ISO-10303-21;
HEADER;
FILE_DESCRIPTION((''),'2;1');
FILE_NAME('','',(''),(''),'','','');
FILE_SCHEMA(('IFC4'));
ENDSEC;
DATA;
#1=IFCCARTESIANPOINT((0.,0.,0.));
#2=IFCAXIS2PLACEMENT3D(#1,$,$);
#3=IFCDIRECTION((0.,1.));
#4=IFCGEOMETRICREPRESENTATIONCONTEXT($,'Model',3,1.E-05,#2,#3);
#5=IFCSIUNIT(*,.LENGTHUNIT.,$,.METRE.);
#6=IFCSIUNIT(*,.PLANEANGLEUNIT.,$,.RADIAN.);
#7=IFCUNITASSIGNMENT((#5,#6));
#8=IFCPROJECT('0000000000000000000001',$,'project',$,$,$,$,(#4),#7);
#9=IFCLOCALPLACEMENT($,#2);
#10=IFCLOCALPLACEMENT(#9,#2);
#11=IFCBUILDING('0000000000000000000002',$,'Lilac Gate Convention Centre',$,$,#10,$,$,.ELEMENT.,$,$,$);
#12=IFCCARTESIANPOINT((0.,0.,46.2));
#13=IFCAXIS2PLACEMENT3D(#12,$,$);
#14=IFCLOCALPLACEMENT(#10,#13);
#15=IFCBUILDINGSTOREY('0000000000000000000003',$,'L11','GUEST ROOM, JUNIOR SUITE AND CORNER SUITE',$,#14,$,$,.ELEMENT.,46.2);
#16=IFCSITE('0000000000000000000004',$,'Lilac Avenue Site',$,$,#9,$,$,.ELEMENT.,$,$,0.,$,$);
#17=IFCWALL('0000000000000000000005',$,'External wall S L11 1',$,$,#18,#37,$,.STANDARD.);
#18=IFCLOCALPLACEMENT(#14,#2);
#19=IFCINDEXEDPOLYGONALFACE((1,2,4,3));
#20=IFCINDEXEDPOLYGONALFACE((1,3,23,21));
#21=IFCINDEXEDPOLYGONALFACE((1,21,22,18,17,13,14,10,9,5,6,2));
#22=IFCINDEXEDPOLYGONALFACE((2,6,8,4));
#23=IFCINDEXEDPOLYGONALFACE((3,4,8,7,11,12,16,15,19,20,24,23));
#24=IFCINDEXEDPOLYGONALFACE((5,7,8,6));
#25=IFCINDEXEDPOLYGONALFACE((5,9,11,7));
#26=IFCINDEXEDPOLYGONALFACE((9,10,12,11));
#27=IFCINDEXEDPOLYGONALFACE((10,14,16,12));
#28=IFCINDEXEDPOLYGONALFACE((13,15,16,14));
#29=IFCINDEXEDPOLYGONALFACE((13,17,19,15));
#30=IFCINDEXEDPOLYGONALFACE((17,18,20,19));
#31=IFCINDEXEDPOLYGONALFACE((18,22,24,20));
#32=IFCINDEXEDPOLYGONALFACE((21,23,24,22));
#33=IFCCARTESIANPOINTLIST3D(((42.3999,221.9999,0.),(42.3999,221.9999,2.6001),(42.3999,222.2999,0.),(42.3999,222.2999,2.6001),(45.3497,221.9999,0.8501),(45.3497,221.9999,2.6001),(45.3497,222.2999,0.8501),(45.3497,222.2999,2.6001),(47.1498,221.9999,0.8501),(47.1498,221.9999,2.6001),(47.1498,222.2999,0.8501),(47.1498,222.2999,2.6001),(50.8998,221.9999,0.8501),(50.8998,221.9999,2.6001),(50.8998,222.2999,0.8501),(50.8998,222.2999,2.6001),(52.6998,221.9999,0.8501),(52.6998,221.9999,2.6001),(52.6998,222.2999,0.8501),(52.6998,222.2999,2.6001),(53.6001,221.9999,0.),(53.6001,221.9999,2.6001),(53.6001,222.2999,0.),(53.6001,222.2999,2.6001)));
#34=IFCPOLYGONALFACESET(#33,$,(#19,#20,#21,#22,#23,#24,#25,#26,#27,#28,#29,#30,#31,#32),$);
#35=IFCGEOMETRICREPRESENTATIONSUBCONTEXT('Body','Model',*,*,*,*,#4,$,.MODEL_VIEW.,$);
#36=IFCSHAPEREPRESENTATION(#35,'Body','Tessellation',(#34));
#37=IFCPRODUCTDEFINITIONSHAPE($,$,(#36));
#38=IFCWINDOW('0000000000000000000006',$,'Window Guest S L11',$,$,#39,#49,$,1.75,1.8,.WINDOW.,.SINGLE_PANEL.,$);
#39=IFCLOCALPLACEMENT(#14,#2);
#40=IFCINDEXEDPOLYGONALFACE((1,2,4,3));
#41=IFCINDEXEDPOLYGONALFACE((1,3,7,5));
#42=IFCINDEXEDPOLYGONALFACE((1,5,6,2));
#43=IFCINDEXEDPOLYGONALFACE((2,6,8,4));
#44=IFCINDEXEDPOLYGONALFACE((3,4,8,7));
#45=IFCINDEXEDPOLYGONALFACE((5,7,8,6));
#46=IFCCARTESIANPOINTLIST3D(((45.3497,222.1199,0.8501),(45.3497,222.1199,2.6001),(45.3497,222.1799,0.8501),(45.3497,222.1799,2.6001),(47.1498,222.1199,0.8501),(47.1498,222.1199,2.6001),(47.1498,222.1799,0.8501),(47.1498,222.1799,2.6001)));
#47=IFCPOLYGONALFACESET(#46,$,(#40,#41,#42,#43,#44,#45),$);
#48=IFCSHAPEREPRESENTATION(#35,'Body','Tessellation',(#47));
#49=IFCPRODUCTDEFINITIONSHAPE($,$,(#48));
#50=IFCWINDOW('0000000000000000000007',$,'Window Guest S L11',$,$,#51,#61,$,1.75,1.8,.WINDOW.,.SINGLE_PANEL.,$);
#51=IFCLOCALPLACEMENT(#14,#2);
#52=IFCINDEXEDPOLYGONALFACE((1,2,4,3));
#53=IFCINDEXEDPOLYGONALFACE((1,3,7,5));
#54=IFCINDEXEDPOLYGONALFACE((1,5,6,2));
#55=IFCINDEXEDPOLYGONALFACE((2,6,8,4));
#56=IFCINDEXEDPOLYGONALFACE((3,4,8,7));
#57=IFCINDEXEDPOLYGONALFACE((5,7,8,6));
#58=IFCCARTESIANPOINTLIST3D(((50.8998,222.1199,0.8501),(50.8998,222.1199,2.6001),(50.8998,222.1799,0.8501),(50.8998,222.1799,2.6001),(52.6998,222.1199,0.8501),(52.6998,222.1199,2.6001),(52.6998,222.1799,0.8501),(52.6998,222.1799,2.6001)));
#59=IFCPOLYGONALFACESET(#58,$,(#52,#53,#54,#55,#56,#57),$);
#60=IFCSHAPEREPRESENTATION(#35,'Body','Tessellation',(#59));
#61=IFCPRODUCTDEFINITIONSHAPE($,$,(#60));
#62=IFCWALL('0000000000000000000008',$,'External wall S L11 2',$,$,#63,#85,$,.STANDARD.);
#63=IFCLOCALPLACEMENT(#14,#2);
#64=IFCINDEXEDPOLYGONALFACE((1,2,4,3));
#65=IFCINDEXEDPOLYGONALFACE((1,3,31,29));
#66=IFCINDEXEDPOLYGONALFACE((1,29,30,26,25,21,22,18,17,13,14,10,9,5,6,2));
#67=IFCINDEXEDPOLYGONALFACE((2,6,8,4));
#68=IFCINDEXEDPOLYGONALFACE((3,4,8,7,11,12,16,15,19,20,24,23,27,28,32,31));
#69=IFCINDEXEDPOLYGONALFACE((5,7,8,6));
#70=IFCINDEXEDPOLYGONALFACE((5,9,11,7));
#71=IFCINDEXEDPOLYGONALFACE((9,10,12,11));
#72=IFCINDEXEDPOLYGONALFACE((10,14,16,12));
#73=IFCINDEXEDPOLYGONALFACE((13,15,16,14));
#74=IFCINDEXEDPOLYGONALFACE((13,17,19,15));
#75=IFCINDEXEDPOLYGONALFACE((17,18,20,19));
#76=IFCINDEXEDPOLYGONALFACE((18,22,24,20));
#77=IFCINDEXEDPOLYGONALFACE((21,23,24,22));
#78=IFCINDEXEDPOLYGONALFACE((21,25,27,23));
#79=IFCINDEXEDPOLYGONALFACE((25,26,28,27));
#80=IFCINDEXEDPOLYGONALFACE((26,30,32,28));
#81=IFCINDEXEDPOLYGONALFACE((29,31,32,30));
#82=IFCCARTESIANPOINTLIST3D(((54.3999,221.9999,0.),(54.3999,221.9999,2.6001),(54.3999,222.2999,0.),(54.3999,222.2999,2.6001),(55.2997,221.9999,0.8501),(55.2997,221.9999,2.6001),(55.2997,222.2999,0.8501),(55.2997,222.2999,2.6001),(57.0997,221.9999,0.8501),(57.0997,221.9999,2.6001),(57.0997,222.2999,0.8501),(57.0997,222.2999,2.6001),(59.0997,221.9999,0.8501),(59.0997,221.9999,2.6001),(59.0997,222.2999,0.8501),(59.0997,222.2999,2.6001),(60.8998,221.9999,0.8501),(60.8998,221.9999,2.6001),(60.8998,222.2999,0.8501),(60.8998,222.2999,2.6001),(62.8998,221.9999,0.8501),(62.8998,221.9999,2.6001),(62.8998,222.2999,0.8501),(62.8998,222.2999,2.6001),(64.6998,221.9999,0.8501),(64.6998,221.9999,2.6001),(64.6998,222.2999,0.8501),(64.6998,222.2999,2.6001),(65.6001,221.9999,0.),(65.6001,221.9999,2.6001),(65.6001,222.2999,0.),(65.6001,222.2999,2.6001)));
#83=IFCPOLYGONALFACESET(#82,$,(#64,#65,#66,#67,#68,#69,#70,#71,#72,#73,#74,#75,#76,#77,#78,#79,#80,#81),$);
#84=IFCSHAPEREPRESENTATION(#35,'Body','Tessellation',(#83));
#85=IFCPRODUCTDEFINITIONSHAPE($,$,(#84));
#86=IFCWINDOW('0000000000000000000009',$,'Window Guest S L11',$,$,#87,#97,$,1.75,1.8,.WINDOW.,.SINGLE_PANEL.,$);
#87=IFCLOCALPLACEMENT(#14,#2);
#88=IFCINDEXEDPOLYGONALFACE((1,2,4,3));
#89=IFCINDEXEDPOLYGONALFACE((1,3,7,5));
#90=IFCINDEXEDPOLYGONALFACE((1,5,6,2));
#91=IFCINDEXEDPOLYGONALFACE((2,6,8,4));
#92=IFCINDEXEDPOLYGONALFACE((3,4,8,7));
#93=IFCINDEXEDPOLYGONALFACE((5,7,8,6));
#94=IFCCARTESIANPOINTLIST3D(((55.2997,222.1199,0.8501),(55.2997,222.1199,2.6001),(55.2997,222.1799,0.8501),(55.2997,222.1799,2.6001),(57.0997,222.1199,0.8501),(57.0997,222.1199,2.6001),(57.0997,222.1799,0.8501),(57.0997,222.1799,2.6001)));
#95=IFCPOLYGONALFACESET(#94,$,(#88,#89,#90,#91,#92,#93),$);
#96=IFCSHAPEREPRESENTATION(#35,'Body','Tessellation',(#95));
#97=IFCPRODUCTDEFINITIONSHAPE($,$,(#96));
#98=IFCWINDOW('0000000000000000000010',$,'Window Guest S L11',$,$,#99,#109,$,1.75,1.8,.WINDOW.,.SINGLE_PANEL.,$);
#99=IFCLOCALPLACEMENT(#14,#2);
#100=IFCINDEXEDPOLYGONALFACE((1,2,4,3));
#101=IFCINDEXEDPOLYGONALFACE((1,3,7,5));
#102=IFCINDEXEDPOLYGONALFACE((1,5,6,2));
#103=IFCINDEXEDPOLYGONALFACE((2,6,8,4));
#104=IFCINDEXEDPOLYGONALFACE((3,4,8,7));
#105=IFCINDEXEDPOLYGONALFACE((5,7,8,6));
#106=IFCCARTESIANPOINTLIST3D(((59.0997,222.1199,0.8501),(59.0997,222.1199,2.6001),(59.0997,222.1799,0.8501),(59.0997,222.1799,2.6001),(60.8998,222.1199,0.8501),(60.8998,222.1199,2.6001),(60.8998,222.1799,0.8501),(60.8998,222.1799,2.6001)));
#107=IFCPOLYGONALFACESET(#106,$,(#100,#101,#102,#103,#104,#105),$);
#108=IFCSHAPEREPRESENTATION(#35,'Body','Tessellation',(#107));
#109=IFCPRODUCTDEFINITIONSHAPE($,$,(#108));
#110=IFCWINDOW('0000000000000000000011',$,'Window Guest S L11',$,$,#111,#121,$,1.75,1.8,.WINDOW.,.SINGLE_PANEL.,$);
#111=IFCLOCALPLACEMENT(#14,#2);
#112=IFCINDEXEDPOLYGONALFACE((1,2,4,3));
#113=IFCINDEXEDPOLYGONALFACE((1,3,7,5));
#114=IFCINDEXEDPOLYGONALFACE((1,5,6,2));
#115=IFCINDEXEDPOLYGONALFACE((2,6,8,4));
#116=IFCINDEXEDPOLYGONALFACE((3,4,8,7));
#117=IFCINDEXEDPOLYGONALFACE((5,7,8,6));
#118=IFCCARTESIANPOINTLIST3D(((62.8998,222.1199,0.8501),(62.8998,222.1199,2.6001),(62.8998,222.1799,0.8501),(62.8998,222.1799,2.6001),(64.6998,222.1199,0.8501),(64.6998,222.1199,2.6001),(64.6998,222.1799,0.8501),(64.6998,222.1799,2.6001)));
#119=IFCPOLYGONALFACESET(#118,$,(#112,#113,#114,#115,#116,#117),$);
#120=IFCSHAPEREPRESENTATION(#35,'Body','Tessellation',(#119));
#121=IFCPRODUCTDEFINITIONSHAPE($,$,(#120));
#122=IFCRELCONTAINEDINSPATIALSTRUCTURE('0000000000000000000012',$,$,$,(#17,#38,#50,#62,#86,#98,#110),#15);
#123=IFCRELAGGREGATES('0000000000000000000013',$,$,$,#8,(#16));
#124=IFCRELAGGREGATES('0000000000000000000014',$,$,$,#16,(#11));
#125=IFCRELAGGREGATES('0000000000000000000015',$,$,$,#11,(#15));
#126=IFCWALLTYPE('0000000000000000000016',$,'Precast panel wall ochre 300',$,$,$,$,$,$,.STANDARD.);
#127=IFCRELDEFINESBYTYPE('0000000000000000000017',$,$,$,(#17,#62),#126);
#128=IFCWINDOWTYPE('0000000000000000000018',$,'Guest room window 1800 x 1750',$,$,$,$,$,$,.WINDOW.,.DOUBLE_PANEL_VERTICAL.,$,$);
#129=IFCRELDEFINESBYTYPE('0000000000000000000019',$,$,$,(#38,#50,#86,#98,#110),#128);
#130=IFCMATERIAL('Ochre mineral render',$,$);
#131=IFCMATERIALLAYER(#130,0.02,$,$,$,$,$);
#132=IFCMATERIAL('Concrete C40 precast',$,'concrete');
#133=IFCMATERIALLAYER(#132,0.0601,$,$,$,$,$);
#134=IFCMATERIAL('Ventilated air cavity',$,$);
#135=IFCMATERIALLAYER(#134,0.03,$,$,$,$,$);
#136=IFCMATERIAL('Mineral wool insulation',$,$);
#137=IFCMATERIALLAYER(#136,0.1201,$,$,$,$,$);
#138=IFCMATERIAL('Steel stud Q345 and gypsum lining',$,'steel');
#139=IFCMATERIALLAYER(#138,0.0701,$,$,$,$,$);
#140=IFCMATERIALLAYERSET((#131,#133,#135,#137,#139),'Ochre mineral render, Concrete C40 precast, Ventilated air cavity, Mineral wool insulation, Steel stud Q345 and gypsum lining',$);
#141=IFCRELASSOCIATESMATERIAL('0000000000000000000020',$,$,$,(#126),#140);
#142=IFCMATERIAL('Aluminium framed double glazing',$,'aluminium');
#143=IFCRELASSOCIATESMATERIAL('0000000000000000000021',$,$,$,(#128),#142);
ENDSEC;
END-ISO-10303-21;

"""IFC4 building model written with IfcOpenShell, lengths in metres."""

from ifc_helpers import new_model, si_unit, direction, frame, frame_2d, origin, place, context, subcontext, project, spatial, rectangle, extrude, material, layer, layer_set, type_object, element, fill, save


model = new_model("IFC4")

# Units and contexts
model_context = context("Model", 3, precision=1e-05, world=origin(), true_north=direction((0.0, 1.0)))
body_context = subcontext(model_context, "Body", "Model", "MODEL_VIEW")
ifc_project = project(units=[si_unit("LENGTHUNIT", "METRE"), si_unit("PLANEANGLEUNIT", "RADIAN")], contexts=[model_context])

# Site, building, storey
site_placement = place(None, origin())
site = spatial("IfcSite", under=ifc_project, at=site_placement, Name="Lilac Avenue Site", CompositionType="ELEMENT", RefElevation=0.0)
building_placement = place(site_placement, origin())
building = spatial("IfcBuilding", under=site, at=building_placement, Name="Lilac Gate Convention Centre", CompositionType="ELEMENT")
storey_placement = place(building_placement, frame((0.0, 0.0, 46.2)))
storey = spatial("IfcBuildingStorey", under=building, at=storey_placement, Name="L11", Description="GUEST ROOM, JUNIOR SUITE AND CORNER SUITE", CompositionType="ELEMENT", Elevation=46.2)

# Shared definitions
ifc_material_1 = material(Name="Concrete C40 precast", Category="concrete")

# Walls, openings, windows
ifc_material_2 = material(Name="Ochre mineral render")
ifc_layer_1 = layer(ifc_material_2, 0.02)
ifc_layer_2 = layer(ifc_material_1, 0.0601)
ifc_material_3 = material(Name="Ventilated air cavity")
ifc_layer_3 = layer(ifc_material_3, 0.03)
ifc_material_4 = material(Name="Mineral wool insulation")
ifc_layer_4 = layer(ifc_material_4, 0.1201)
ifc_material_5 = material(Name="Steel stud Q345 and gypsum lining", Category="steel")
ifc_layer_5 = layer(ifc_material_5, 0.0701)
ifc_layer_set_1 = layer_set([ifc_layer_1, ifc_layer_2, ifc_layer_3, ifc_layer_4, ifc_layer_5], Name="Ochre mineral render, Concrete C40 precast, Ventilated air cavity, Mineral wool insulation, Steel stud Q345 and gypsum lining")
wall_type_1 = type_object("IfcWallType", Name="Precast panel wall ochre 300", PredefinedType="STANDARD", material=ifc_layer_set_1)
wall_1_placement = place(storey_placement, frame((42.3999, 222.1499, 0.0), z_axis=(0.0, 0.0, 1.0), x_axis=(1.0, 0.0, 0.0)))
wall_1 = element("IfcWall", 1, at=wall_1_placement, inside=storey, type_object=wall_type_1, Name="External wall S L11 1", PredefinedType="STANDARD", context=body_context, shape_type="SweptSolid", body=[
    extrude(rectangle(XDim=11.2002, YDim=0.3, at=frame_2d((5.6001, 0.0))), origin(), (0.0, 0.0, 1.0), 2.6001),
])
opening_1_placement = place(wall_1_placement, frame((2.95, 0.0, 0.8501)))
opening_1 = element("IfcOpeningElement", 2, at=opening_1_placement, cuts=wall_1, PredefinedType="OPENING", context=body_context, shape_type="SweptSolid", body=[
    extrude(rectangle(XDim=1.8, YDim=1.75, at=frame_2d((0.8999, 0.875))), frame((0.0, 0.1599, 0.0), z_axis=(0.0, -1.0, 0.0), x_axis=(1.0, 0.0, 0.0)), (0.0, 0.0, 1.0), 0.3201),
])
opening_2_placement = place(wall_1_placement, frame((8.5, 0.0, 0.8501)))
opening_2 = element("IfcOpeningElement", 3, at=opening_2_placement, cuts=wall_1, PredefinedType="OPENING", context=body_context, shape_type="SweptSolid", body=[
    extrude(rectangle(XDim=1.8, YDim=1.75, at=frame_2d((0.8999, 0.875))), frame((0.0, 0.1599, 0.0), z_axis=(0.0, -1.0, 0.0), x_axis=(1.0, 0.0, 0.0)), (0.0, 0.0, 1.0), 0.3201),
])
ifc_material_6 = material(Name="Aluminium framed double glazing", Category="aluminium")
window_type = type_object("IfcWindowType", Name="Guest room window 1800 x 1750", PartitioningType="DOUBLE_PANEL_VERTICAL", PredefinedType="WINDOW", material=ifc_material_6)
window_1_placement = place(opening_1_placement, origin())
window_1 = element("IfcWindow", 4, at=window_1_placement, inside=storey, type_object=window_type, Name="Window Guest S L11", OverallHeight=1.75, OverallWidth=1.8, PartitioningType="SINGLE_PANEL", PredefinedType="WINDOW", context=body_context, shape_type="SweptSolid", body=[
    extrude(rectangle(XDim=1.8, YDim=1.75, at=frame_2d((0.8999, 0.875))), frame((0.0, 0.03, 0.0), z_axis=(0.0, -1.0, 0.0), x_axis=(1.0, 0.0, 0.0)), (0.0, 0.0, 1.0), 0.0601),
])
fill(opening_1, window_1)
window_2_placement = place(opening_2_placement, origin())
window_2 = element("IfcWindow", 5, at=window_2_placement, inside=storey, type_object=window_type, Name="Window Guest S L11", OverallHeight=1.75, OverallWidth=1.8, PartitioningType="SINGLE_PANEL", PredefinedType="WINDOW", context=body_context, shape_type="SweptSolid", body=[
    extrude(rectangle(XDim=1.8, YDim=1.75, at=frame_2d((0.8999, 0.875))), frame((0.0, 0.03, 0.0), z_axis=(0.0, -1.0, 0.0), x_axis=(1.0, 0.0, 0.0)), (0.0, 0.0, 1.0), 0.0601),
])
fill(opening_2, window_2)
wall_2_placement = place(storey_placement, frame((54.3999, 222.1499, 0.0), z_axis=(0.0, 0.0, 1.0), x_axis=(1.0, 0.0, 0.0)))
wall_2 = element("IfcWall", 6, at=wall_2_placement, inside=storey, type_object=wall_type_1, Name="External wall S L11 2", PredefinedType="STANDARD", context=body_context, shape_type="SweptSolid", body=[
    extrude(rectangle(XDim=11.2002, YDim=0.3, at=frame_2d((5.6001, 0.0))), origin(), (0.0, 0.0, 1.0), 2.6001),
])
opening_3_placement = place(wall_2_placement, frame((0.8999, 0.0, 0.8501)))
opening_3 = element("IfcOpeningElement", 7, at=opening_3_placement, cuts=wall_2, PredefinedType="OPENING", context=body_context, shape_type="SweptSolid", body=[
    extrude(rectangle(XDim=1.8, YDim=1.75, at=frame_2d((0.8999, 0.875))), frame((0.0, 0.1599, 0.0), z_axis=(0.0, -1.0, 0.0), x_axis=(1.0, 0.0, 0.0)), (0.0, 0.0, 1.0), 0.3201),
])
opening_4_placement = place(wall_2_placement, frame((4.7, 0.0, 0.8501)))
opening_4 = element("IfcOpeningElement", 8, at=opening_4_placement, cuts=wall_2, PredefinedType="OPENING", context=body_context, shape_type="SweptSolid", body=[
    extrude(rectangle(XDim=1.8, YDim=1.75, at=frame_2d((0.8999, 0.875))), frame((0.0, 0.1599, 0.0), z_axis=(0.0, -1.0, 0.0), x_axis=(1.0, 0.0, 0.0)), (0.0, 0.0, 1.0), 0.3201),
])
opening_5_placement = place(wall_2_placement, frame((8.5, 0.0, 0.8501)))
opening_5 = element("IfcOpeningElement", 9, at=opening_5_placement, cuts=wall_2, PredefinedType="OPENING", context=body_context, shape_type="SweptSolid", body=[
    extrude(rectangle(XDim=1.8, YDim=1.75, at=frame_2d((0.8999, 0.875))), frame((0.0, 0.1599, 0.0), z_axis=(0.0, -1.0, 0.0), x_axis=(1.0, 0.0, 0.0)), (0.0, 0.0, 1.0), 0.3201),
])
window_3_placement = place(opening_3_placement, origin())
window_3 = element("IfcWindow", 10, at=window_3_placement, inside=storey, type_object=window_type, Name="Window Guest S L11", OverallHeight=1.75, OverallWidth=1.8, PartitioningType="SINGLE_PANEL", PredefinedType="WINDOW", context=body_context, shape_type="SweptSolid", body=[
    extrude(rectangle(XDim=1.8, YDim=1.75, at=frame_2d((0.8999, 0.875))), frame((0.0, 0.03, 0.0), z_axis=(0.0, -1.0, 0.0), x_axis=(1.0, 0.0, 0.0)), (0.0, 0.0, 1.0), 0.0601),
])
fill(opening_3, window_3)
window_4_placement = place(opening_4_placement, origin())
window_4 = element("IfcWindow", 11, at=window_4_placement, inside=storey, type_object=window_type, Name="Window Guest S L11", OverallHeight=1.75, OverallWidth=1.8, PartitioningType="SINGLE_PANEL", PredefinedType="WINDOW", context=body_context, shape_type="SweptSolid", body=[
    extrude(rectangle(XDim=1.8, YDim=1.75, at=frame_2d((0.8999, 0.875))), frame((0.0, 0.03, 0.0), z_axis=(0.0, -1.0, 0.0), x_axis=(1.0, 0.0, 0.0)), (0.0, 0.0, 1.0), 0.0601),
])
fill(opening_4, window_4)
window_5_placement = place(opening_5_placement, origin())
window_5 = element("IfcWindow", 12, at=window_5_placement, inside=storey, type_object=window_type, Name="Window Guest S L11", OverallHeight=1.75, OverallWidth=1.8, PartitioningType="SINGLE_PANEL", PredefinedType="WINDOW", context=body_context, shape_type="SweptSolid", body=[
    extrude(rectangle(XDim=1.8, YDim=1.75, at=frame_2d((0.8999, 0.875))), frame((0.0, 0.03, 0.0), z_axis=(0.0, -1.0, 0.0), x_axis=(1.0, 0.0, 0.0)), (0.0, 0.0, 1.0), 0.0601),
])
fill(opening_5, window_5)

save(model, "model.ifc")
